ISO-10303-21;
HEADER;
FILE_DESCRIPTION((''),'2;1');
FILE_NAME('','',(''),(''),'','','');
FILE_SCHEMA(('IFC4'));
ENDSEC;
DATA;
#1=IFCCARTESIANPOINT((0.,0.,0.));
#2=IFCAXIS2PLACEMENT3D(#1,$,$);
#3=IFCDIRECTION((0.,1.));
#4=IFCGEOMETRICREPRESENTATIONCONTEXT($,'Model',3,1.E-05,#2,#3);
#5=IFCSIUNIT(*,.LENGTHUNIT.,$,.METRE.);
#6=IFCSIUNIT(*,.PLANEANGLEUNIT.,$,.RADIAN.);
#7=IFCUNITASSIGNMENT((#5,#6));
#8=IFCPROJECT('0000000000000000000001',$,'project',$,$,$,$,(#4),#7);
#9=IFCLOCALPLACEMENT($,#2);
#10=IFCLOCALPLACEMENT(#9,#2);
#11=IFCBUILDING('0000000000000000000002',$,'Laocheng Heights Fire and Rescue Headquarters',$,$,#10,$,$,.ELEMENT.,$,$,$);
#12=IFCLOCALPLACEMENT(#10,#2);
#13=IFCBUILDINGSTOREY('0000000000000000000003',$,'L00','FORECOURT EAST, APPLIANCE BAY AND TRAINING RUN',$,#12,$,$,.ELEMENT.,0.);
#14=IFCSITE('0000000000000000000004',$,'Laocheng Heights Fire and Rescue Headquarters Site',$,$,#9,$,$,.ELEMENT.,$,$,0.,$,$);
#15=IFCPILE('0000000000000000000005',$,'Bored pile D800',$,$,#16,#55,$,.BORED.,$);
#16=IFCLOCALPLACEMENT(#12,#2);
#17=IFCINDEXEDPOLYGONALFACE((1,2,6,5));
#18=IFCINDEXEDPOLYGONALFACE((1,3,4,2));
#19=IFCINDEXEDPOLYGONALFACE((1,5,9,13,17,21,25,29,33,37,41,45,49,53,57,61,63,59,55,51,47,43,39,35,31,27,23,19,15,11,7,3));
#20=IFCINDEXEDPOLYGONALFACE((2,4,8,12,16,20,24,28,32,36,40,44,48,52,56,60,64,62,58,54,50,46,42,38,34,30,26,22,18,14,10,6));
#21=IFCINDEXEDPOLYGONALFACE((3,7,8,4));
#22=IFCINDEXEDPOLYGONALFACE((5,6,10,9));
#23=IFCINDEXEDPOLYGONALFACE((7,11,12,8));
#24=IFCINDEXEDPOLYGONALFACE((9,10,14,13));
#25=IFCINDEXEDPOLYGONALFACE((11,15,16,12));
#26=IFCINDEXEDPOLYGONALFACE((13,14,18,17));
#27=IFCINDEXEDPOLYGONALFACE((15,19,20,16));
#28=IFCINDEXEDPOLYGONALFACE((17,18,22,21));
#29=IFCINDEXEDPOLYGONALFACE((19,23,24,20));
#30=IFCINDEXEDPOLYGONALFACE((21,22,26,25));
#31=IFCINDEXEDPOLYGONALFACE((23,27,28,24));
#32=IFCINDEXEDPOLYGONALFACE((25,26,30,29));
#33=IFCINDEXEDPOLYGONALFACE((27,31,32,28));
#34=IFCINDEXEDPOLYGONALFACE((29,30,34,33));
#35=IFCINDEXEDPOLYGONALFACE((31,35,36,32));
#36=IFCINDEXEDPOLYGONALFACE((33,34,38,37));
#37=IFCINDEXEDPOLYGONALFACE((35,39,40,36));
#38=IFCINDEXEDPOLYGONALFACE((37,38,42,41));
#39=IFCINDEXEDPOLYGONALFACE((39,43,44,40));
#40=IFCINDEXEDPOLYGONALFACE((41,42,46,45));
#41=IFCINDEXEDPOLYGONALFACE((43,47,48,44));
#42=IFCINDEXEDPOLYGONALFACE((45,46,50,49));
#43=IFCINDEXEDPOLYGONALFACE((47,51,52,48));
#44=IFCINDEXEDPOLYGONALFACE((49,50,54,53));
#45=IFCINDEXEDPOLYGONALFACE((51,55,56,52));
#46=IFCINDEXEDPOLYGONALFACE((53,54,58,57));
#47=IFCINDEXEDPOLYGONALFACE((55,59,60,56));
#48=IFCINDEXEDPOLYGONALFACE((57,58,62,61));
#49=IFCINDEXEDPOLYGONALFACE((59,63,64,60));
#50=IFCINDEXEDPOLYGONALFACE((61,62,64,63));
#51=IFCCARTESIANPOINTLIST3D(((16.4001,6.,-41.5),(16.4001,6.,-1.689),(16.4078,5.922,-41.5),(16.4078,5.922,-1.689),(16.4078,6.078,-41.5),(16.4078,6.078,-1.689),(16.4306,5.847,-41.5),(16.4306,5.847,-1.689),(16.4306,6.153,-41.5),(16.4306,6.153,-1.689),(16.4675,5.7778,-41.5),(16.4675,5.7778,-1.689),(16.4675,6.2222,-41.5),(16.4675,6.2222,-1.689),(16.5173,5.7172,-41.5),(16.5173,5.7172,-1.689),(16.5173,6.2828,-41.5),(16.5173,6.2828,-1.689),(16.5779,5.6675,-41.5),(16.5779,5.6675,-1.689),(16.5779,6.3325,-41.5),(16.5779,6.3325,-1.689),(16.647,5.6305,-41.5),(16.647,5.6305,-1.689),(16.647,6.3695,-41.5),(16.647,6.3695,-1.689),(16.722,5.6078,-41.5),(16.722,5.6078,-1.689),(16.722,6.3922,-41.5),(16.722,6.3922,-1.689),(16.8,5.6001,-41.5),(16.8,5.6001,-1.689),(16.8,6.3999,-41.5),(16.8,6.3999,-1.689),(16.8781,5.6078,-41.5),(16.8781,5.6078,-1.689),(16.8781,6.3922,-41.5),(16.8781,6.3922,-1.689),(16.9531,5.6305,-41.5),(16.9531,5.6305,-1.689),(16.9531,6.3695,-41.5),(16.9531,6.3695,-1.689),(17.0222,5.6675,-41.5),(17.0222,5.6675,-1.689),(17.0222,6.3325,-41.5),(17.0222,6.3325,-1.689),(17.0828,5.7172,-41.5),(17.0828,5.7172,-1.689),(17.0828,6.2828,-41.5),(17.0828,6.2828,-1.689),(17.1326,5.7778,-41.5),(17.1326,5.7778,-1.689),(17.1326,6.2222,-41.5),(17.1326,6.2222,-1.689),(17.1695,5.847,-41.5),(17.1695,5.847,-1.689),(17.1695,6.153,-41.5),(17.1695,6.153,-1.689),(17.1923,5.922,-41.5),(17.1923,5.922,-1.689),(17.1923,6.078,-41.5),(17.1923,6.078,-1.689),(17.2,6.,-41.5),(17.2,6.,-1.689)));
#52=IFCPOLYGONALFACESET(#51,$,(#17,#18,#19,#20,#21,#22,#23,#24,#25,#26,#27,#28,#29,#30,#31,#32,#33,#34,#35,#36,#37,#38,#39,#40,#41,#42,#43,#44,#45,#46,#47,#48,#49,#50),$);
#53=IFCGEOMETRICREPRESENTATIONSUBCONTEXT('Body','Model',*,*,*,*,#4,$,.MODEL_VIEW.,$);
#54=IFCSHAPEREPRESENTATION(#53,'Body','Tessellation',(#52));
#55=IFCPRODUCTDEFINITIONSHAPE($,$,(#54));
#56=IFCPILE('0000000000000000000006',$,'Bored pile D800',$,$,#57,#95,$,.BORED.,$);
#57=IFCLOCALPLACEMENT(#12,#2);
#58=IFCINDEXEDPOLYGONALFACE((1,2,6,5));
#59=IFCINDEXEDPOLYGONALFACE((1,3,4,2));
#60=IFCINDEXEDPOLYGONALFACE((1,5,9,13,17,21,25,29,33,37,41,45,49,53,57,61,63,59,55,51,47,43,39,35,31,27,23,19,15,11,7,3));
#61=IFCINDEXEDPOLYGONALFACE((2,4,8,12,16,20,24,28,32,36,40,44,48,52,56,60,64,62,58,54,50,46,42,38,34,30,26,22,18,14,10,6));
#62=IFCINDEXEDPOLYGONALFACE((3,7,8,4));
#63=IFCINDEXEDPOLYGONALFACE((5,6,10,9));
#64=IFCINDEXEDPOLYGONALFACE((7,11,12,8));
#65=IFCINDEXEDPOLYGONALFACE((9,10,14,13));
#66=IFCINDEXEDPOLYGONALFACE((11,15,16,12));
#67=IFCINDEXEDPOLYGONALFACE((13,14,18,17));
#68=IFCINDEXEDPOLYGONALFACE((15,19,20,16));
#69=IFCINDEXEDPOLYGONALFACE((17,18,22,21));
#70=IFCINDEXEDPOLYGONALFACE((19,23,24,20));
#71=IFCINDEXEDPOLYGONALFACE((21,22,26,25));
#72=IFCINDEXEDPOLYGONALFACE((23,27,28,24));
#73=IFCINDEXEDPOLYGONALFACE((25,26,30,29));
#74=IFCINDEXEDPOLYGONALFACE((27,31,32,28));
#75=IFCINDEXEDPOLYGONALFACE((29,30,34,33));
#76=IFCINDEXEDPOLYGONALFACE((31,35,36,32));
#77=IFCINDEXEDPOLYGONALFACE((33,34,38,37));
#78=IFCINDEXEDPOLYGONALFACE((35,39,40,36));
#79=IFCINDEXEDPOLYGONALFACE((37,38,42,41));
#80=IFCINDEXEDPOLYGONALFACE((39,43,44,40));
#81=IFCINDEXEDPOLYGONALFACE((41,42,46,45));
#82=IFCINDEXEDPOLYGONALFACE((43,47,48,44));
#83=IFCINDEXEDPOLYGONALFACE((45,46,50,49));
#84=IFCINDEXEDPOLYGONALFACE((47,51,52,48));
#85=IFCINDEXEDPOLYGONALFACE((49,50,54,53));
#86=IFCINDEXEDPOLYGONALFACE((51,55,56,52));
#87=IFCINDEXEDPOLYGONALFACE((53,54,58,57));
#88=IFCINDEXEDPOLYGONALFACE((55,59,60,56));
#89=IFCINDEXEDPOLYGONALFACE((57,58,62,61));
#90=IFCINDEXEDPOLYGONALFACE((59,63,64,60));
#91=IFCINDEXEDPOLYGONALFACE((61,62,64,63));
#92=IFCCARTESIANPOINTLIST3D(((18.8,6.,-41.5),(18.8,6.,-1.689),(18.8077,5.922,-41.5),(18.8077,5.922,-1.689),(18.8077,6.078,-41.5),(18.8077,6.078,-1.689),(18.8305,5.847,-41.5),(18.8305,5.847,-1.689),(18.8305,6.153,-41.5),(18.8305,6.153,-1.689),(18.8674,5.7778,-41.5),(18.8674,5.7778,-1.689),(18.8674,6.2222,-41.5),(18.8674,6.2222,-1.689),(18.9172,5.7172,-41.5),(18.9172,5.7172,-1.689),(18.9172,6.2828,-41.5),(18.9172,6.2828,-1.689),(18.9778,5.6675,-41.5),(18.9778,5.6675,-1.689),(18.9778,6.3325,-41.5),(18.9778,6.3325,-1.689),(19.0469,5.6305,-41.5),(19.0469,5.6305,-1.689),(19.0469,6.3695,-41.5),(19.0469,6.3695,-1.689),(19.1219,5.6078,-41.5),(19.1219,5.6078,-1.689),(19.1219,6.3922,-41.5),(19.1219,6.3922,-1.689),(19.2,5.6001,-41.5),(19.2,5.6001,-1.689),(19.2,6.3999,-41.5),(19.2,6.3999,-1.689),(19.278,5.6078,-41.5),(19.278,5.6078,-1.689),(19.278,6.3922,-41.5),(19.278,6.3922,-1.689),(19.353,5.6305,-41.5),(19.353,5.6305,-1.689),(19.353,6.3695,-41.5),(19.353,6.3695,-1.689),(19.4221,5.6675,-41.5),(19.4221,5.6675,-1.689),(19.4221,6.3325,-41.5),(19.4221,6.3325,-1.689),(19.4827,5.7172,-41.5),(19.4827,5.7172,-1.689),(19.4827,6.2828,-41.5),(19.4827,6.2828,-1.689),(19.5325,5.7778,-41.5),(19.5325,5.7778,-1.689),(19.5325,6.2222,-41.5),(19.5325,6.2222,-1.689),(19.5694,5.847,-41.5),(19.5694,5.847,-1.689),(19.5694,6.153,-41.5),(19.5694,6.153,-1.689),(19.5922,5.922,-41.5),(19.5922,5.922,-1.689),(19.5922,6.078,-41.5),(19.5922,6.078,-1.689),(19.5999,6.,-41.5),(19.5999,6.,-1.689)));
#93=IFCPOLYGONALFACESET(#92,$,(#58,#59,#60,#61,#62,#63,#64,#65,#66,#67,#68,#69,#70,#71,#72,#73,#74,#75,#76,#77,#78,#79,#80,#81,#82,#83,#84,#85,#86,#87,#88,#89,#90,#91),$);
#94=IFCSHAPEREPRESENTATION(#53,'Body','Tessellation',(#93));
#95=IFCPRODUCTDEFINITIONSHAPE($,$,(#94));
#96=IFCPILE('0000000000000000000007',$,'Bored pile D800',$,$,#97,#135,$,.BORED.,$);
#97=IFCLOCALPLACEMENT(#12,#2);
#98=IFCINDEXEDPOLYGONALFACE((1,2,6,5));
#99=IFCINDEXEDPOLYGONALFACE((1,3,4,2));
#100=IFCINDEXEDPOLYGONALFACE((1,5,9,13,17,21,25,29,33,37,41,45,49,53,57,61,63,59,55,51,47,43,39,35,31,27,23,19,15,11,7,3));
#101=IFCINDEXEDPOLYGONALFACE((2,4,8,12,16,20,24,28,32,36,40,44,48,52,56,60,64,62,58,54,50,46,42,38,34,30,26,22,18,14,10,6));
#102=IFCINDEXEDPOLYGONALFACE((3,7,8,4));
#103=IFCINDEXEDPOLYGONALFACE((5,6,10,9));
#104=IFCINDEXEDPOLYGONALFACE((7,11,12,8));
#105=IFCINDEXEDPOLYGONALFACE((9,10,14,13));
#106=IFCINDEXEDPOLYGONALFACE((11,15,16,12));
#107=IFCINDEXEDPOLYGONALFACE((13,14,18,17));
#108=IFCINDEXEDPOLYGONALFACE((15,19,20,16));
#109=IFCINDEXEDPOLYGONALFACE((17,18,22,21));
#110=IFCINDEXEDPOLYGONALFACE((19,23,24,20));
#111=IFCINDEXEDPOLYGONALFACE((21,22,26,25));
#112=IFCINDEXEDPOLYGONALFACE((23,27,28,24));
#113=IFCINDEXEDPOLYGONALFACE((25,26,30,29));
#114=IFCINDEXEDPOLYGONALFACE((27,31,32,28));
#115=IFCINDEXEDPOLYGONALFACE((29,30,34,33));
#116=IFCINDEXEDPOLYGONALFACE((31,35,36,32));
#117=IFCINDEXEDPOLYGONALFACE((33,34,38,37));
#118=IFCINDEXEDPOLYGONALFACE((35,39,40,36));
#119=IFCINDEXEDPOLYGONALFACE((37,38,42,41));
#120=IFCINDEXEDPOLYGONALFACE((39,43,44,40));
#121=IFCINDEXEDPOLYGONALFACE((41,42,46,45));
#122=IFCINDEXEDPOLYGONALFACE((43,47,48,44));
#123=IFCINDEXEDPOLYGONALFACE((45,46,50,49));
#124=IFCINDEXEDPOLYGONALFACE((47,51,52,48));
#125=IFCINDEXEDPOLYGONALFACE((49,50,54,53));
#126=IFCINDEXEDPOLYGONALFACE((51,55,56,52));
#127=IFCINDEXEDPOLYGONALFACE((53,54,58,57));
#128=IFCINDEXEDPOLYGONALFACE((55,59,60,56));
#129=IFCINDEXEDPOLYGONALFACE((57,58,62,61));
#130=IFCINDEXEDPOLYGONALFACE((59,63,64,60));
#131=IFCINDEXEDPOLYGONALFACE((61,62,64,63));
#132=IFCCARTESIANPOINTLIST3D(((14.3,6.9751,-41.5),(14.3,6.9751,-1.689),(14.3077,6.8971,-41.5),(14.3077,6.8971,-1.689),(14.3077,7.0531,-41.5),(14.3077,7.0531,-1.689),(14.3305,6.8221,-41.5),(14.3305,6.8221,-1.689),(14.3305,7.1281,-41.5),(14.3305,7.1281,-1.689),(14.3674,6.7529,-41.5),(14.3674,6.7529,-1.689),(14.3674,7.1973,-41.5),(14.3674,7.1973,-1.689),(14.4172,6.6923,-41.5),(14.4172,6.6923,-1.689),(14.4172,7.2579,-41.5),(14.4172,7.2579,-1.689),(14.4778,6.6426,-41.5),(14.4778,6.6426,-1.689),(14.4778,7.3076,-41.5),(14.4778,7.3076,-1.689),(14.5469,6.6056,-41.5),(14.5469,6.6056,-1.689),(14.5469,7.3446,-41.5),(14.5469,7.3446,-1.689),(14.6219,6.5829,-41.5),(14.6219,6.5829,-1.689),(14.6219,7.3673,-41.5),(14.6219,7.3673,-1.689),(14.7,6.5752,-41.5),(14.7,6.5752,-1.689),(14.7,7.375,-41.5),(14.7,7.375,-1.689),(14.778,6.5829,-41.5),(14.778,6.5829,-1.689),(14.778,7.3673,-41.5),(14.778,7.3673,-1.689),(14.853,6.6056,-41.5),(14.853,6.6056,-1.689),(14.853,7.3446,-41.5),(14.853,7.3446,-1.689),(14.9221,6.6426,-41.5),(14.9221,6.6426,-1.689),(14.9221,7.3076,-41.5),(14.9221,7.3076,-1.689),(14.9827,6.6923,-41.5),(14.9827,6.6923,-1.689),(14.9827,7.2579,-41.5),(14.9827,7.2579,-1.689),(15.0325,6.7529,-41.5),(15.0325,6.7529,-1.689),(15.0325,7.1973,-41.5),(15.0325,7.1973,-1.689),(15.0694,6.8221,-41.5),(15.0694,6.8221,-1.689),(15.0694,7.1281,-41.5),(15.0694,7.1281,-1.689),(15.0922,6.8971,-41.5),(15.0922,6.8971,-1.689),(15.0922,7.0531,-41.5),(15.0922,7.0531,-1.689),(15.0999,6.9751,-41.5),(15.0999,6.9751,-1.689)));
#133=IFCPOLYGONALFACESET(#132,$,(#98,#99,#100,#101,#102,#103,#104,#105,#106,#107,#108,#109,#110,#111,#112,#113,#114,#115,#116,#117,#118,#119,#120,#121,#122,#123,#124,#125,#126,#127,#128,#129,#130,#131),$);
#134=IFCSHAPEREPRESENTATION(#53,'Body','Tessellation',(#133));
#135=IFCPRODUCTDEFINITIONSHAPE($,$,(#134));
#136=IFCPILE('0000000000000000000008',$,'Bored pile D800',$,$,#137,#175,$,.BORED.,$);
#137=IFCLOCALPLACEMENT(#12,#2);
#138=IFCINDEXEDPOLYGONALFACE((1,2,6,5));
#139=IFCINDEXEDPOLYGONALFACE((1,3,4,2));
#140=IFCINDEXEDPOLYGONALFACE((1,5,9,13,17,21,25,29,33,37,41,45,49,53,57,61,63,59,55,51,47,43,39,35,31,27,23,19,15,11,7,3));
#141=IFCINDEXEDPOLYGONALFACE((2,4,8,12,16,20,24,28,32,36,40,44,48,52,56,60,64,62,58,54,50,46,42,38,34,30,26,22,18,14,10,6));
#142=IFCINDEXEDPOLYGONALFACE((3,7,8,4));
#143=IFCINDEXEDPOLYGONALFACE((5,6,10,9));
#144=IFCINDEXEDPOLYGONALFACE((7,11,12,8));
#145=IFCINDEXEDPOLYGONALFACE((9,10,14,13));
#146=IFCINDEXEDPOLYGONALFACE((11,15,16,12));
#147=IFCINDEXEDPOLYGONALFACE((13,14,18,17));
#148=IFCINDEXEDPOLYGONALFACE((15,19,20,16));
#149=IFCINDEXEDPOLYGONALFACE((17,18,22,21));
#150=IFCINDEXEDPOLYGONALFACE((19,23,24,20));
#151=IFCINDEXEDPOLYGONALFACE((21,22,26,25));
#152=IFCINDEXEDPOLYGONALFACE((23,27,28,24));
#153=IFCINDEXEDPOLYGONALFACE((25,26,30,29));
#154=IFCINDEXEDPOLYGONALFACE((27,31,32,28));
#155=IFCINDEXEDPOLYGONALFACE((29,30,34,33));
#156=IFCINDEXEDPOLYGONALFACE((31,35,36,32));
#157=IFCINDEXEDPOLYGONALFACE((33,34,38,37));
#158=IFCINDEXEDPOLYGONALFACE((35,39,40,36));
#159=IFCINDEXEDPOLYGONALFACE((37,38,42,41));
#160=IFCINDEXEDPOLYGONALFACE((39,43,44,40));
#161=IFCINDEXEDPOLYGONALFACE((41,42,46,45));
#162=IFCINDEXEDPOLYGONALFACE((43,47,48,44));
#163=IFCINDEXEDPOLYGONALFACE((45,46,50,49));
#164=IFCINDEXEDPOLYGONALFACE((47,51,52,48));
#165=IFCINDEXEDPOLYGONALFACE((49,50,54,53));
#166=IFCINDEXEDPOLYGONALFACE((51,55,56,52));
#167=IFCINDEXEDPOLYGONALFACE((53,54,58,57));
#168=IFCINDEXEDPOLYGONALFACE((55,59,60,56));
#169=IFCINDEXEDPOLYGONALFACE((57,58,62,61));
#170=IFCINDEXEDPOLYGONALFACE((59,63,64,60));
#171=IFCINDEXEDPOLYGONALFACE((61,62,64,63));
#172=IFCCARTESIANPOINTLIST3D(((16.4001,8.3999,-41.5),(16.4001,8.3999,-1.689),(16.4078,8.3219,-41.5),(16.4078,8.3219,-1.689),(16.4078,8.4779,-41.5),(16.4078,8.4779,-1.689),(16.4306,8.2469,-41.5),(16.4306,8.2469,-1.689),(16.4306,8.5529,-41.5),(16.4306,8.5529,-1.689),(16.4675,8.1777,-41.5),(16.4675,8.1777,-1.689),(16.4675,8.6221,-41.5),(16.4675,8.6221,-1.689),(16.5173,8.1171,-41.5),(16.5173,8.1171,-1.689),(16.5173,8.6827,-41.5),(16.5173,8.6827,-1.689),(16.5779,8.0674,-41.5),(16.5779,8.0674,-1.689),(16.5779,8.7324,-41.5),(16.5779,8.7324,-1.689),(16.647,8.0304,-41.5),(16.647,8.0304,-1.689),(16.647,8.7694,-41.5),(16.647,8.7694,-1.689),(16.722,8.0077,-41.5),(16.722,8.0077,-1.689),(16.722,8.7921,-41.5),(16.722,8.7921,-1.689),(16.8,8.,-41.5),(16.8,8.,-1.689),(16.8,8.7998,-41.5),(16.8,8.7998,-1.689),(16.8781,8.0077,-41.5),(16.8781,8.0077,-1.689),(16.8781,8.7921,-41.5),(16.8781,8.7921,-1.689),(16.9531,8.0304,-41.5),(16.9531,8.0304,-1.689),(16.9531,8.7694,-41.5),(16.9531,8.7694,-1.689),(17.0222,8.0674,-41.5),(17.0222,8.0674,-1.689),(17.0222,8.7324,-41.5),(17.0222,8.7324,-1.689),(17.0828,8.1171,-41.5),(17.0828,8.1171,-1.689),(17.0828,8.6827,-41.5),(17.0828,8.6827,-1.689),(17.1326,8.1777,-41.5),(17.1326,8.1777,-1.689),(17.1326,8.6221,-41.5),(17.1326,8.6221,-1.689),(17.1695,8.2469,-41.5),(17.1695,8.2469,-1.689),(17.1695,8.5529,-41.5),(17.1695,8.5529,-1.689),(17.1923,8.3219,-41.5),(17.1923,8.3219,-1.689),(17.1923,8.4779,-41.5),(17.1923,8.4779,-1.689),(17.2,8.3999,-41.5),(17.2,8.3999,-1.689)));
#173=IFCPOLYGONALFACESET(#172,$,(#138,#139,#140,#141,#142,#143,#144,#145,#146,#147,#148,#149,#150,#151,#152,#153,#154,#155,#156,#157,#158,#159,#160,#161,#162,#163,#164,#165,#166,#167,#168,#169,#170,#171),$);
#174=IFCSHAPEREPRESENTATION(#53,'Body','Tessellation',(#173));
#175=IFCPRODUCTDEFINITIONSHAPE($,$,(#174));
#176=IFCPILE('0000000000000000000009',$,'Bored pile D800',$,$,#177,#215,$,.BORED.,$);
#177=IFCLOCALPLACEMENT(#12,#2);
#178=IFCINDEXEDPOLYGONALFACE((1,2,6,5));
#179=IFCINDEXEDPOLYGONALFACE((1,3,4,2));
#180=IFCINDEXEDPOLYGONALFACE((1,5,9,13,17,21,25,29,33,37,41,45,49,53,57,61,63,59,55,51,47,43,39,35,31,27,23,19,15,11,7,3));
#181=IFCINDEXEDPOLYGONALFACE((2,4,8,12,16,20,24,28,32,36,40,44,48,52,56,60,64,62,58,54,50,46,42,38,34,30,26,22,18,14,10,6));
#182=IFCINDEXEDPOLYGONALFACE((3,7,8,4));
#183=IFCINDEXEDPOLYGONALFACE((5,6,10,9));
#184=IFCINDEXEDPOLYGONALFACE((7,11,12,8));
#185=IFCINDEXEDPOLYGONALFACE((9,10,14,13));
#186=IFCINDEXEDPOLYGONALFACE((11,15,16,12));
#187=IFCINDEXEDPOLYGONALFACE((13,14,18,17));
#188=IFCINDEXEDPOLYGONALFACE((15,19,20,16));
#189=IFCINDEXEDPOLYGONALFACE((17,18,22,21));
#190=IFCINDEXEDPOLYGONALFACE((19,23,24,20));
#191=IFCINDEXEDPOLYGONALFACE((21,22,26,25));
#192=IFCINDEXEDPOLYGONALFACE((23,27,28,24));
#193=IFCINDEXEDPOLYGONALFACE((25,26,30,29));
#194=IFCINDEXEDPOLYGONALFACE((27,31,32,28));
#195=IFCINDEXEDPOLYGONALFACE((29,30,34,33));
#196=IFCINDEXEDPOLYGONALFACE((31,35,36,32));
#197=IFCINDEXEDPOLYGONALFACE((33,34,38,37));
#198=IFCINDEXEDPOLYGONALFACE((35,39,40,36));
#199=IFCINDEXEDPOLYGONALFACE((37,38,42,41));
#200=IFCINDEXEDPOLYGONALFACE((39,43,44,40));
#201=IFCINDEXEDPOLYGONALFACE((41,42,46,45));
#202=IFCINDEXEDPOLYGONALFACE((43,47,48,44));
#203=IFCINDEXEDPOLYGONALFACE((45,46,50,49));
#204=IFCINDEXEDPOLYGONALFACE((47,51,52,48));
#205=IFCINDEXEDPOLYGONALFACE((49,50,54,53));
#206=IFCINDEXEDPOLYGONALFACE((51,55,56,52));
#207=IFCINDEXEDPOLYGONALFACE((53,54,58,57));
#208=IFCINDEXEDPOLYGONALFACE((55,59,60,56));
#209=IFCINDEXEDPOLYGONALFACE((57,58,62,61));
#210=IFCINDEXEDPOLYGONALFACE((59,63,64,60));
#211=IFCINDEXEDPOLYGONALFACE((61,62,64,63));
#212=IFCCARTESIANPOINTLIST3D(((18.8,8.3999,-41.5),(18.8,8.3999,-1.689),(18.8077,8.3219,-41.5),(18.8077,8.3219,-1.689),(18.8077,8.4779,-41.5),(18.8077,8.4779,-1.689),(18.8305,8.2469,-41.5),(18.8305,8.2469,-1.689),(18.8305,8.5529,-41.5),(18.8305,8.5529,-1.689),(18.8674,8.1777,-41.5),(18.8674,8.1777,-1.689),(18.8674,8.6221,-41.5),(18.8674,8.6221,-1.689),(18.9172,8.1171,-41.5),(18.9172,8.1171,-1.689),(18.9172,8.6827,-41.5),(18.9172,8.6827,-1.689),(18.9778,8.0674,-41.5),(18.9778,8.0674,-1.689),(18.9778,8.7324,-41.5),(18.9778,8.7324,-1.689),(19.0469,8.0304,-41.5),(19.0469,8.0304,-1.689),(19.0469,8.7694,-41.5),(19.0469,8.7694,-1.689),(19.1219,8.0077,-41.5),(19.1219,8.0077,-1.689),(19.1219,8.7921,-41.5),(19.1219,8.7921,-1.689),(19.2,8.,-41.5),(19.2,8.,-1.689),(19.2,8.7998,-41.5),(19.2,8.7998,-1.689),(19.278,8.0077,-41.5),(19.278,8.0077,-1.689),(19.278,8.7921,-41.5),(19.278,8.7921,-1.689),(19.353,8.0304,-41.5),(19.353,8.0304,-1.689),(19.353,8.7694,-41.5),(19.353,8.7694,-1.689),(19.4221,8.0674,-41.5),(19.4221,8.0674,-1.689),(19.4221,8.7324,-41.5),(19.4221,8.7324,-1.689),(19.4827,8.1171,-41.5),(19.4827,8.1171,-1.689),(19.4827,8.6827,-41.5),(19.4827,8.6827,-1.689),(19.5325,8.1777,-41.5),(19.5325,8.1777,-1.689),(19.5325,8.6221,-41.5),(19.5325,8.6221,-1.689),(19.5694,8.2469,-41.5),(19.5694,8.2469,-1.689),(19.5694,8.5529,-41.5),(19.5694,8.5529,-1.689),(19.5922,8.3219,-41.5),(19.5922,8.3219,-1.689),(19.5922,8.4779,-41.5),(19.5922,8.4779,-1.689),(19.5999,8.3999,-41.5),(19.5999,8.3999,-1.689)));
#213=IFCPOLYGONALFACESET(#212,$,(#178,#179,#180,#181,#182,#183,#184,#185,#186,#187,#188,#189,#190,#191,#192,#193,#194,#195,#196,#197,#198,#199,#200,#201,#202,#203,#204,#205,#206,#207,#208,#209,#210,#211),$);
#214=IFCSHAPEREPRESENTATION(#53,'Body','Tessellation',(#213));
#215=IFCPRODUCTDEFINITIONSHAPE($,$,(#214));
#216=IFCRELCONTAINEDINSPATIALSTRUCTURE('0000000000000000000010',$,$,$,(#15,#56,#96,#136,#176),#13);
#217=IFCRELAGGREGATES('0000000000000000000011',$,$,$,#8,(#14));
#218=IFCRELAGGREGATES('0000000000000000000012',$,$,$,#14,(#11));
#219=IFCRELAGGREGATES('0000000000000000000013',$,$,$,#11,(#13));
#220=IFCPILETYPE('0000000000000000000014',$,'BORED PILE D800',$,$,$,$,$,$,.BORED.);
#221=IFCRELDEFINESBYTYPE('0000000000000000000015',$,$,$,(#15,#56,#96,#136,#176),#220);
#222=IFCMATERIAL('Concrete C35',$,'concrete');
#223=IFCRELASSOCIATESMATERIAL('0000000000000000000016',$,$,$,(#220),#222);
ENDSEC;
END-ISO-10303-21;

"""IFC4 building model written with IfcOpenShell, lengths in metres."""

from ifc_helpers import new_model, si_unit, direction, frame, origin, origin_2d, place, context, subcontext, project, spatial, circle, extrude, material, material_profile, profile_set, type_object, element, save


model = new_model("IFC4")

# Units and contexts
model_context = context("Model", 3, precision=1e-05, world=origin(), true_north=direction((0.0, 1.0)))
body_context = subcontext(model_context, "Body", "Model", "MODEL_VIEW")
ifc_project = project(units=[si_unit("LENGTHUNIT", "METRE"), si_unit("PLANEANGLEUNIT", "RADIAN")], contexts=[model_context])

# Site, building, storey
site_placement = place(None, origin())
site = spatial("IfcSite", under=ifc_project, at=site_placement, Name="Laocheng Heights Fire and Rescue Headquarters Site", CompositionType="ELEMENT", RefElevation=0.0)
building_placement = place(site_placement, origin())
building = spatial("IfcBuilding", under=site, at=building_placement, Name="Laocheng Heights Fire and Rescue Headquarters", CompositionType="ELEMENT")
storey_placement = place(building_placement, origin())
storey = spatial("IfcBuildingStorey", under=building, at=storey_placement, Name="L00", Description="FORECOURT EAST, APPLIANCE BAY AND TRAINING RUN", CompositionType="ELEMENT", Elevation=0.0)

# Piles
ifc_material_1 = material(Name="Concrete C35", Category="concrete")
ifc_material_profile_1 = material_profile(ifc_material_1, circle(Radius=0.3999, at=origin_2d()), Name="BORED PILE D800")
ifc_profile_set_1 = profile_set([ifc_material_profile_1], Name="Concrete C35")
pile_type = type_object("IfcPileType", Name="BORED PILE D800", PredefinedType="BORED", material=ifc_profile_set_1)
for number, where, z_axis, x_axis, name in (
    (1, (16.8, 6.0, -1.689), (0.0, 0.0, -1.0), (1.0, 0.0, 0.0), "Bored pile D800"),
    (2, (19.2, 6.0, -1.689), (0.0, 0.0, -1.0), (1.0, 0.0, 0.0), "Bored pile D800"),
    (3, (14.7, 6.9751, -1.689), (0.0, 0.0, -1.0), (1.0, 0.0, 0.0), "Bored pile D800"),
    (4, (16.8, 8.3999, -1.689), (0.0, 0.0, -1.0), (1.0, 0.0, 0.0), "Bored pile D800"),
    (5, (19.2, 8.3999, -1.689), (0.0, 0.0, -1.0), (1.0, 0.0, 0.0), "Bored pile D800"),
):
    element("IfcPile", number, at=place(storey_placement, frame(where, z_axis=z_axis, x_axis=x_axis)), inside=storey, type_object=pile_type, Name=name, PredefinedType="BORED", context=body_context, shape_type="SweptSolid", body=[
        extrude(circle(Radius=0.3999, at=origin_2d()), origin(), (0.0, 0.0, 1.0), 39.811),
    ])

save(model, "model.ifc")
